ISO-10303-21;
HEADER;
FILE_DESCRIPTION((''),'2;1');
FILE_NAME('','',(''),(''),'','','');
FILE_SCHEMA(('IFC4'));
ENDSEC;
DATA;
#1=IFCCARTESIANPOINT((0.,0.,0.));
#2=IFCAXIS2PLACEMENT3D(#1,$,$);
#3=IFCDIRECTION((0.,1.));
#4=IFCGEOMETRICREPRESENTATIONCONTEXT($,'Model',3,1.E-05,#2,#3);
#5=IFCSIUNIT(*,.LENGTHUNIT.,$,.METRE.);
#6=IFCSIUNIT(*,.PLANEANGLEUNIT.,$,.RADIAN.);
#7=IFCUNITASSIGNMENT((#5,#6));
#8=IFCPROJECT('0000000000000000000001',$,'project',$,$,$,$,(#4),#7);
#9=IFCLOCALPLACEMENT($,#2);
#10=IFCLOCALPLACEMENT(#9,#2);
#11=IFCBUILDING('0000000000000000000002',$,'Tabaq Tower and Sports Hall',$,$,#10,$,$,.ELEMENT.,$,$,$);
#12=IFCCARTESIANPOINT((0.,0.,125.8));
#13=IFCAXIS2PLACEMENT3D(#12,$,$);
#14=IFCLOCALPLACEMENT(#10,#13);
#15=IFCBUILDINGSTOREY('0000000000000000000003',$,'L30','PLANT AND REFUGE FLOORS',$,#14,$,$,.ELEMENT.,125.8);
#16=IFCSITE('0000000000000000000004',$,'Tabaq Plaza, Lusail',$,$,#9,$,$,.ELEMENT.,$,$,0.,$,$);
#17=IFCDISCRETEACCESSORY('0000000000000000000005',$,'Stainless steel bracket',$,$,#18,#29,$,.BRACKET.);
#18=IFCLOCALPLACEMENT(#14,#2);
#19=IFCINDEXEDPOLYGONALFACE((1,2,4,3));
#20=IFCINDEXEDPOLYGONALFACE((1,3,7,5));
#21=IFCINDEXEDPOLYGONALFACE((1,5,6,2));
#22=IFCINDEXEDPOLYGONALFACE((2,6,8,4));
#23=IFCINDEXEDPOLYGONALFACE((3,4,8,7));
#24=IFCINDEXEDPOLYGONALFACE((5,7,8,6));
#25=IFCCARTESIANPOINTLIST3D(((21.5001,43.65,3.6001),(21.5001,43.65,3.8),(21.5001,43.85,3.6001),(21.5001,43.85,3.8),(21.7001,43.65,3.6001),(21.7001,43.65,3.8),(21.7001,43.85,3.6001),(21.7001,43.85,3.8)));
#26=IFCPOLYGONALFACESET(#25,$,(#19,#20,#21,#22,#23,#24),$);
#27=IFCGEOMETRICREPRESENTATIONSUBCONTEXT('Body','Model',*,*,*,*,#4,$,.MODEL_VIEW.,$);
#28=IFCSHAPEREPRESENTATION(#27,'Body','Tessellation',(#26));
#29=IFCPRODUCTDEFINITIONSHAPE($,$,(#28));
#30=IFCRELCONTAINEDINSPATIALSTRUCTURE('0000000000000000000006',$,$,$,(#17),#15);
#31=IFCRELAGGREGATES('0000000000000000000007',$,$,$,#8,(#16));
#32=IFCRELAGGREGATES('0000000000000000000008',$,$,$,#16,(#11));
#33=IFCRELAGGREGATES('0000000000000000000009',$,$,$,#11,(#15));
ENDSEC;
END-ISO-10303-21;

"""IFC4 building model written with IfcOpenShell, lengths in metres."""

from ifc_helpers import new_model, si_unit, direction, frame, origin, origin_2d, place, context, subcontext, project, spatial, rectangle, extrude, element, save


model = new_model("IFC4")

# Units and contexts
model_context = context("Model", 3, precision=1e-05, world=origin(), true_north=direction((0.0, 1.0)))
body_context = subcontext(model_context, "Body", "Model", "MODEL_VIEW")
ifc_project = project(units=[si_unit("LENGTHUNIT", "METRE"), si_unit("PLANEANGLEUNIT", "RADIAN")], contexts=[model_context])

# Site, building, storey
site_placement = place(None, origin())
site = spatial("IfcSite", under=ifc_project, at=site_placement, Name="Tabaq Plaza, Lusail", CompositionType="ELEMENT", RefElevation=0.0)
building_placement = place(site_placement, origin())
building = spatial("IfcBuilding", under=site, at=building_placement, Name="Tabaq Tower and Sports Hall", CompositionType="ELEMENT")
storey_placement = place(building_placement, frame((0.0, 0.0, 125.8)))
storey = spatial("IfcBuildingStorey", under=building, at=storey_placement, Name="L30", Description="PLANT AND REFUGE FLOORS", CompositionType="ELEMENT", Elevation=125.8)

# Discrete accessory
for number, where, z_axis, x_axis, name in (
    (1, (21.6001, 43.75, 3.6001), (0.0, 0.0, 1.0), (0.0, -1.0, 0.0), "Stainless steel bracket"),
):
    element("IfcDiscreteAccessory", number, at=place(storey_placement, frame(where, z_axis=z_axis, x_axis=x_axis)), inside=storey, Name=name, PredefinedType="BRACKET", context=body_context, shape_type="SweptSolid", body=[
        extrude(rectangle(XDim=0.2, YDim=0.2, at=origin_2d()), origin(), (0.0, 0.0, 1.0), 0.2),
    ])

save(model, "model.ifc")
